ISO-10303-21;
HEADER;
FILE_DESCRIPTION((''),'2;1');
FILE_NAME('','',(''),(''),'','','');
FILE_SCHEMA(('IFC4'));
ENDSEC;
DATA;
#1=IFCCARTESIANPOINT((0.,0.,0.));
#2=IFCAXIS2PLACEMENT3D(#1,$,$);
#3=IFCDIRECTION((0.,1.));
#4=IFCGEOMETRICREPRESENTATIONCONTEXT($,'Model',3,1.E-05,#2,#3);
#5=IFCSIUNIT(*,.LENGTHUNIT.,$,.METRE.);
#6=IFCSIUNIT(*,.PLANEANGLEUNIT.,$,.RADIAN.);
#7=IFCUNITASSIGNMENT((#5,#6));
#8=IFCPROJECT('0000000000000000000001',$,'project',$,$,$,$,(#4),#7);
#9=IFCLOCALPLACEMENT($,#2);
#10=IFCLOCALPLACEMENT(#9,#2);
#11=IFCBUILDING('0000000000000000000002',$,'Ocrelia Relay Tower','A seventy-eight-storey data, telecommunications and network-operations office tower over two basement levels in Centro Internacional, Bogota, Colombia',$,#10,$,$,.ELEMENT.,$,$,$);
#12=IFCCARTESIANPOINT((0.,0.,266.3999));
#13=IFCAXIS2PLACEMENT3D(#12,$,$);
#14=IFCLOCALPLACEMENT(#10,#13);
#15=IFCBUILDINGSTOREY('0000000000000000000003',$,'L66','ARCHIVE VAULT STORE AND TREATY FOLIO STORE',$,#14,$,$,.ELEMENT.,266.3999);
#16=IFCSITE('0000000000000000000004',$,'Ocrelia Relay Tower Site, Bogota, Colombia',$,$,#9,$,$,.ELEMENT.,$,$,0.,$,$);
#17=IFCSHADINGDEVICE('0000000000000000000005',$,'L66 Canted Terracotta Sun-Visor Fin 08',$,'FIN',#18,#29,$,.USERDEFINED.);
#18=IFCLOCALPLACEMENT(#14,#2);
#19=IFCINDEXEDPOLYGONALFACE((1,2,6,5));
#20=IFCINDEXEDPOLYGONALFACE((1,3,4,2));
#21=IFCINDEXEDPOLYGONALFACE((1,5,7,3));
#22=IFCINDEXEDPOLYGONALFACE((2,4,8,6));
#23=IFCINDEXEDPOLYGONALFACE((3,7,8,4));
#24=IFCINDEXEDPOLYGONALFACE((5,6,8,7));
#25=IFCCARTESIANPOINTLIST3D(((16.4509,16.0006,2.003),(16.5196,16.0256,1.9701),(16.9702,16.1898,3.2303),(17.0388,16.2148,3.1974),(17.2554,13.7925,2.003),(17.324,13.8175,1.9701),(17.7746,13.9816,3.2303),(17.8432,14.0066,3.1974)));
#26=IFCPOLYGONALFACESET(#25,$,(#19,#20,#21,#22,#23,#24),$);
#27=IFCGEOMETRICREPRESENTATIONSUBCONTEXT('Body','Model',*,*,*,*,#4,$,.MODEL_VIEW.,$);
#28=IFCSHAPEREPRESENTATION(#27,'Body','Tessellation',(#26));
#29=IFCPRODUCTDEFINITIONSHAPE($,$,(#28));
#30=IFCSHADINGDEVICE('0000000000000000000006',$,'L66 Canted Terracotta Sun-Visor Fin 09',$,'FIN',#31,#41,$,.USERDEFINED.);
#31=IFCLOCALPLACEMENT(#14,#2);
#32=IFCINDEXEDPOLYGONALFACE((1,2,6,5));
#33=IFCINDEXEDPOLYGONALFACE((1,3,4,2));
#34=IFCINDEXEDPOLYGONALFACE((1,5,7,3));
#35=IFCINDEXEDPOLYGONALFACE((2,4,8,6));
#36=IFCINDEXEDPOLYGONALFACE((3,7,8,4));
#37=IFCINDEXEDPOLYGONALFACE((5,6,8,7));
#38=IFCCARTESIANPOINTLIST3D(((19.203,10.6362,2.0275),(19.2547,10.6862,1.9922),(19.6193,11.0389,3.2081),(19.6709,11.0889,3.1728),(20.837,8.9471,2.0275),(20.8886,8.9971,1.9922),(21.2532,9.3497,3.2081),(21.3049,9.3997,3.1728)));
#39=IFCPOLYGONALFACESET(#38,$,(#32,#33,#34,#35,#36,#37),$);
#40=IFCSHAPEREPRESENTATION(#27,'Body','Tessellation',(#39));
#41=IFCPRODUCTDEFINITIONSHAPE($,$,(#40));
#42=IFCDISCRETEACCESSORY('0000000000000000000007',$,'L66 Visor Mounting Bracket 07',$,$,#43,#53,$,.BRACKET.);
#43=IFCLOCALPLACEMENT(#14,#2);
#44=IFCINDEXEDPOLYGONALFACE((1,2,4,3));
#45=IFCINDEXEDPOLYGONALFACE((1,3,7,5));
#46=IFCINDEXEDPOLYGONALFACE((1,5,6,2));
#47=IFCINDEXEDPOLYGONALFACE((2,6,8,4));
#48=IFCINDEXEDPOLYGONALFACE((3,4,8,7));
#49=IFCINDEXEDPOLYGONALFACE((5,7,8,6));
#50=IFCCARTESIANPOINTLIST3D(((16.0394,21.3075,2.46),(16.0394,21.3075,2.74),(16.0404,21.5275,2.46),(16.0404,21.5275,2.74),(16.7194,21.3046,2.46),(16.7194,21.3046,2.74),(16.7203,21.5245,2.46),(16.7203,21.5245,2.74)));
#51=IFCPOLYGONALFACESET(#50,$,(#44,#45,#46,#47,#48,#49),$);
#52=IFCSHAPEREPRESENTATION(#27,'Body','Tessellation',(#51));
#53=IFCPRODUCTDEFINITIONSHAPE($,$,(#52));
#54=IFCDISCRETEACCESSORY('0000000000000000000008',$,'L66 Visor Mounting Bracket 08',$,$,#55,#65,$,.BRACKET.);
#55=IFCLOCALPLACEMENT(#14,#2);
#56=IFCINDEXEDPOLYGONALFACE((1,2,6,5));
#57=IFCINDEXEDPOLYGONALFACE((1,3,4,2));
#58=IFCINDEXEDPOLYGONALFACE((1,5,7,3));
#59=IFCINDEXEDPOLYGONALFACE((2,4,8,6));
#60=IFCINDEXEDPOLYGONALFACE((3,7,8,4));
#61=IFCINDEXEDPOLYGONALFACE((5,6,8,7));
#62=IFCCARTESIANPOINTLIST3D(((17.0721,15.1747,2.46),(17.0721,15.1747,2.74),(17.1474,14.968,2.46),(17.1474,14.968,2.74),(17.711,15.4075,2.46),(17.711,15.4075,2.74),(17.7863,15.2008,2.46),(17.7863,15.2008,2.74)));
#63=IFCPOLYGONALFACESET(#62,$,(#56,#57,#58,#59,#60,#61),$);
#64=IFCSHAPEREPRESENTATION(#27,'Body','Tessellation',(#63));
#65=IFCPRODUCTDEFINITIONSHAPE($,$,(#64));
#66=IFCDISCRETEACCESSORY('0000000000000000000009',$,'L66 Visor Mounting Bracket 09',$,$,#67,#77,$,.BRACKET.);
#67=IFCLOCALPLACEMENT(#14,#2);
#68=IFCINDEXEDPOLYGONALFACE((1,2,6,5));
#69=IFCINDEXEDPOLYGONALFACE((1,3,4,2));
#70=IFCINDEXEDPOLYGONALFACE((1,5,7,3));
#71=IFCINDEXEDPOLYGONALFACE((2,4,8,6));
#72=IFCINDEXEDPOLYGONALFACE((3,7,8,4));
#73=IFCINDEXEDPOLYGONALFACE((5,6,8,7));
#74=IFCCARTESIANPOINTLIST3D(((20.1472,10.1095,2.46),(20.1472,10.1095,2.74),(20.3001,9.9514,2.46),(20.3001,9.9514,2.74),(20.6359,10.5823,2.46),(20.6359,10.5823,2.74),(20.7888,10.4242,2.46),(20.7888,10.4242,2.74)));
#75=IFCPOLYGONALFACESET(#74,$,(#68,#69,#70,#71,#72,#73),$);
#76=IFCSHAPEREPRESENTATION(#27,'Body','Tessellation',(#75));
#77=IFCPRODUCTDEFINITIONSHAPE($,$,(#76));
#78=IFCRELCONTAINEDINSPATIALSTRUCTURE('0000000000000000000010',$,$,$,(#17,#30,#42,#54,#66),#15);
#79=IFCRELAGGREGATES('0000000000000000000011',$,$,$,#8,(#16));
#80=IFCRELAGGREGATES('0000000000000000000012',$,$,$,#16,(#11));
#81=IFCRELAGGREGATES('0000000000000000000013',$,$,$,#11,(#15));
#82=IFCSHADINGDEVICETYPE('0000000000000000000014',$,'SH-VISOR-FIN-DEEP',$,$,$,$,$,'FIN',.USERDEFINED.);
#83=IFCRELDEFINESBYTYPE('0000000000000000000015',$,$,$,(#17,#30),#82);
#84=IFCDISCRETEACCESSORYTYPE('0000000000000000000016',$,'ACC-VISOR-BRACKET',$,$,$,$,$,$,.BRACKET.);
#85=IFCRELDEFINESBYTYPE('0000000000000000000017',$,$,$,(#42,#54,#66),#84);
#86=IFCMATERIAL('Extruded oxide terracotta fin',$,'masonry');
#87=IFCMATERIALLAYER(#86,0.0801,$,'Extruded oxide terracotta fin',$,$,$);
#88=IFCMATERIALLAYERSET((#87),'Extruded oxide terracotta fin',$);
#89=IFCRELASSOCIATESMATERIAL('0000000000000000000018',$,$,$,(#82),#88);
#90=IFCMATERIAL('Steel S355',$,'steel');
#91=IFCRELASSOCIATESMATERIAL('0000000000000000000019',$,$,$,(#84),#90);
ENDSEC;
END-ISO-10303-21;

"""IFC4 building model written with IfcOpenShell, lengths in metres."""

from ifc_helpers import new_model, si_unit, direction, frame, origin, origin_2d, place, context, subcontext, project, spatial, rectangle, extrude, material, layer, layer_set, type_object, element, save


model = new_model("IFC4")

# Units and contexts
model_context = context("Model", 3, precision=1e-05, world=origin(), true_north=direction((0.0, 1.0)))
body_context = subcontext(model_context, "Body", "Model", "MODEL_VIEW")
ifc_project = project(units=[si_unit("LENGTHUNIT", "METRE"), si_unit("PLANEANGLEUNIT", "RADIAN")], contexts=[model_context])

# Site, building, storey
site_placement = place(None, origin())
site = spatial("IfcSite", under=ifc_project, at=site_placement, Name="Ocrelia Relay Tower Site, Bogota, Colombia", CompositionType="ELEMENT", RefElevation=0.0)
building_placement = place(site_placement, origin())
building = spatial("IfcBuilding", under=site, at=building_placement, Name="Ocrelia Relay Tower", Description="A seventy-eight-storey data, telecommunications and network-operations office tower over two basement levels in Centro Internacional, Bogota, Colombia", CompositionType="ELEMENT")
storey_placement = place(building_placement, frame((0.0, 0.0, 266.3999)))
storey = spatial("IfcBuildingStorey", under=building, at=storey_placement, Name="L66", Description="ARCHIVE VAULT STORE AND TREATY FOLIO STORE", CompositionType="ELEMENT", Elevation=266.3999)

# Shared definitions
ifc_material_1 = material(Name="Steel S355", Category="steel")

# Shading devices
ifc_material_2 = material(Name="Extruded oxide terracotta fin", Category="masonry")
ifc_layer_1 = layer(ifc_material_2, 0.0801, Name="Extruded oxide terracotta fin")
ifc_layer_set_1 = layer_set([ifc_layer_1], Name="Extruded oxide terracotta fin")
shading_device_type_1 = type_object("IfcShadingDeviceType", Name="SH-VISOR-FIN-DEEP", ElementType="FIN", PredefinedType="USERDEFINED", material=ifc_layer_set_1)
shading_device_1_placement = place(storey_placement, frame((17.1814, 15.0161, 2.5837), z_axis=(-0.856745, -0.312136, 0.41056), x_axis=(0.342317, -0.939585, 0.0)))
element("IfcShadingDevice", 1, at=shading_device_1_placement, inside=storey, type_object=shading_device_type_1, Name="L66 Canted Terracotta Sun-Visor Fin 08", ObjectType="FIN", PredefinedType="USERDEFINED", context=body_context, shape_type="SweptSolid", body=[
    extrude(rectangle(XDim=2.3501, YDim=1.3459, at=origin_2d()), origin(), (0.0, 0.0, 1.0), 0.0801),
])
shading_device_2_placement = place(storey_placement, frame((20.2798, 10.043, 2.5825), z_axis=(-0.645301, -0.6242, 0.440409), x_axis=(0.695257, -0.718761, 0.0)))
element("IfcShadingDevice", 2, at=shading_device_2_placement, inside=storey, type_object=shading_device_type_1, Name="L66 Canted Terracotta Sun-Visor Fin 09", ObjectType="FIN", PredefinedType="USERDEFINED", context=body_context, shape_type="SweptSolid", body=[
    extrude(rectangle(XDim=2.3501, YDim=1.3149, at=origin_2d()), origin(), (0.0, 0.0, 1.0), 0.0801),
])

# Discrete accessories
discrete_accessory_type = type_object("IfcDiscreteAccessoryType", Name="ACC-VISOR-BRACKET", PredefinedType="BRACKET", material=ifc_material_1)
for number, where, z_axis, x_axis, name in (
    (3, (16.3799, 21.416, 2.46), (0.0, 0.0, 1.0), (-0.004305, -0.999991, 0.0), "L66 Visor Mounting Bracket 07"),
    (4, (17.4292, 15.1877, 2.46), (0.0, 0.0, 1.0), (0.342317, -0.939585, 0.0), "L66 Visor Mounting Bracket 08"),
    (5, (20.468, 10.2668, 2.46), (0.0, 0.0, 1.0), (0.695257, -0.718761, 0.0), "L66 Visor Mounting Bracket 09"),
):
    element("IfcDiscreteAccessory", number, at=place(storey_placement, frame(where, z_axis=z_axis, x_axis=x_axis)), inside=storey, type_object=discrete_accessory_type, Name=name, PredefinedType="BRACKET", context=body_context, shape_type="SweptSolid", body=[
        extrude(rectangle(XDim=0.22, YDim=0.6799, at=origin_2d()), origin(), (0.0, 0.0, 1.0), 0.28),
    ])

save(model, "model.ifc")
